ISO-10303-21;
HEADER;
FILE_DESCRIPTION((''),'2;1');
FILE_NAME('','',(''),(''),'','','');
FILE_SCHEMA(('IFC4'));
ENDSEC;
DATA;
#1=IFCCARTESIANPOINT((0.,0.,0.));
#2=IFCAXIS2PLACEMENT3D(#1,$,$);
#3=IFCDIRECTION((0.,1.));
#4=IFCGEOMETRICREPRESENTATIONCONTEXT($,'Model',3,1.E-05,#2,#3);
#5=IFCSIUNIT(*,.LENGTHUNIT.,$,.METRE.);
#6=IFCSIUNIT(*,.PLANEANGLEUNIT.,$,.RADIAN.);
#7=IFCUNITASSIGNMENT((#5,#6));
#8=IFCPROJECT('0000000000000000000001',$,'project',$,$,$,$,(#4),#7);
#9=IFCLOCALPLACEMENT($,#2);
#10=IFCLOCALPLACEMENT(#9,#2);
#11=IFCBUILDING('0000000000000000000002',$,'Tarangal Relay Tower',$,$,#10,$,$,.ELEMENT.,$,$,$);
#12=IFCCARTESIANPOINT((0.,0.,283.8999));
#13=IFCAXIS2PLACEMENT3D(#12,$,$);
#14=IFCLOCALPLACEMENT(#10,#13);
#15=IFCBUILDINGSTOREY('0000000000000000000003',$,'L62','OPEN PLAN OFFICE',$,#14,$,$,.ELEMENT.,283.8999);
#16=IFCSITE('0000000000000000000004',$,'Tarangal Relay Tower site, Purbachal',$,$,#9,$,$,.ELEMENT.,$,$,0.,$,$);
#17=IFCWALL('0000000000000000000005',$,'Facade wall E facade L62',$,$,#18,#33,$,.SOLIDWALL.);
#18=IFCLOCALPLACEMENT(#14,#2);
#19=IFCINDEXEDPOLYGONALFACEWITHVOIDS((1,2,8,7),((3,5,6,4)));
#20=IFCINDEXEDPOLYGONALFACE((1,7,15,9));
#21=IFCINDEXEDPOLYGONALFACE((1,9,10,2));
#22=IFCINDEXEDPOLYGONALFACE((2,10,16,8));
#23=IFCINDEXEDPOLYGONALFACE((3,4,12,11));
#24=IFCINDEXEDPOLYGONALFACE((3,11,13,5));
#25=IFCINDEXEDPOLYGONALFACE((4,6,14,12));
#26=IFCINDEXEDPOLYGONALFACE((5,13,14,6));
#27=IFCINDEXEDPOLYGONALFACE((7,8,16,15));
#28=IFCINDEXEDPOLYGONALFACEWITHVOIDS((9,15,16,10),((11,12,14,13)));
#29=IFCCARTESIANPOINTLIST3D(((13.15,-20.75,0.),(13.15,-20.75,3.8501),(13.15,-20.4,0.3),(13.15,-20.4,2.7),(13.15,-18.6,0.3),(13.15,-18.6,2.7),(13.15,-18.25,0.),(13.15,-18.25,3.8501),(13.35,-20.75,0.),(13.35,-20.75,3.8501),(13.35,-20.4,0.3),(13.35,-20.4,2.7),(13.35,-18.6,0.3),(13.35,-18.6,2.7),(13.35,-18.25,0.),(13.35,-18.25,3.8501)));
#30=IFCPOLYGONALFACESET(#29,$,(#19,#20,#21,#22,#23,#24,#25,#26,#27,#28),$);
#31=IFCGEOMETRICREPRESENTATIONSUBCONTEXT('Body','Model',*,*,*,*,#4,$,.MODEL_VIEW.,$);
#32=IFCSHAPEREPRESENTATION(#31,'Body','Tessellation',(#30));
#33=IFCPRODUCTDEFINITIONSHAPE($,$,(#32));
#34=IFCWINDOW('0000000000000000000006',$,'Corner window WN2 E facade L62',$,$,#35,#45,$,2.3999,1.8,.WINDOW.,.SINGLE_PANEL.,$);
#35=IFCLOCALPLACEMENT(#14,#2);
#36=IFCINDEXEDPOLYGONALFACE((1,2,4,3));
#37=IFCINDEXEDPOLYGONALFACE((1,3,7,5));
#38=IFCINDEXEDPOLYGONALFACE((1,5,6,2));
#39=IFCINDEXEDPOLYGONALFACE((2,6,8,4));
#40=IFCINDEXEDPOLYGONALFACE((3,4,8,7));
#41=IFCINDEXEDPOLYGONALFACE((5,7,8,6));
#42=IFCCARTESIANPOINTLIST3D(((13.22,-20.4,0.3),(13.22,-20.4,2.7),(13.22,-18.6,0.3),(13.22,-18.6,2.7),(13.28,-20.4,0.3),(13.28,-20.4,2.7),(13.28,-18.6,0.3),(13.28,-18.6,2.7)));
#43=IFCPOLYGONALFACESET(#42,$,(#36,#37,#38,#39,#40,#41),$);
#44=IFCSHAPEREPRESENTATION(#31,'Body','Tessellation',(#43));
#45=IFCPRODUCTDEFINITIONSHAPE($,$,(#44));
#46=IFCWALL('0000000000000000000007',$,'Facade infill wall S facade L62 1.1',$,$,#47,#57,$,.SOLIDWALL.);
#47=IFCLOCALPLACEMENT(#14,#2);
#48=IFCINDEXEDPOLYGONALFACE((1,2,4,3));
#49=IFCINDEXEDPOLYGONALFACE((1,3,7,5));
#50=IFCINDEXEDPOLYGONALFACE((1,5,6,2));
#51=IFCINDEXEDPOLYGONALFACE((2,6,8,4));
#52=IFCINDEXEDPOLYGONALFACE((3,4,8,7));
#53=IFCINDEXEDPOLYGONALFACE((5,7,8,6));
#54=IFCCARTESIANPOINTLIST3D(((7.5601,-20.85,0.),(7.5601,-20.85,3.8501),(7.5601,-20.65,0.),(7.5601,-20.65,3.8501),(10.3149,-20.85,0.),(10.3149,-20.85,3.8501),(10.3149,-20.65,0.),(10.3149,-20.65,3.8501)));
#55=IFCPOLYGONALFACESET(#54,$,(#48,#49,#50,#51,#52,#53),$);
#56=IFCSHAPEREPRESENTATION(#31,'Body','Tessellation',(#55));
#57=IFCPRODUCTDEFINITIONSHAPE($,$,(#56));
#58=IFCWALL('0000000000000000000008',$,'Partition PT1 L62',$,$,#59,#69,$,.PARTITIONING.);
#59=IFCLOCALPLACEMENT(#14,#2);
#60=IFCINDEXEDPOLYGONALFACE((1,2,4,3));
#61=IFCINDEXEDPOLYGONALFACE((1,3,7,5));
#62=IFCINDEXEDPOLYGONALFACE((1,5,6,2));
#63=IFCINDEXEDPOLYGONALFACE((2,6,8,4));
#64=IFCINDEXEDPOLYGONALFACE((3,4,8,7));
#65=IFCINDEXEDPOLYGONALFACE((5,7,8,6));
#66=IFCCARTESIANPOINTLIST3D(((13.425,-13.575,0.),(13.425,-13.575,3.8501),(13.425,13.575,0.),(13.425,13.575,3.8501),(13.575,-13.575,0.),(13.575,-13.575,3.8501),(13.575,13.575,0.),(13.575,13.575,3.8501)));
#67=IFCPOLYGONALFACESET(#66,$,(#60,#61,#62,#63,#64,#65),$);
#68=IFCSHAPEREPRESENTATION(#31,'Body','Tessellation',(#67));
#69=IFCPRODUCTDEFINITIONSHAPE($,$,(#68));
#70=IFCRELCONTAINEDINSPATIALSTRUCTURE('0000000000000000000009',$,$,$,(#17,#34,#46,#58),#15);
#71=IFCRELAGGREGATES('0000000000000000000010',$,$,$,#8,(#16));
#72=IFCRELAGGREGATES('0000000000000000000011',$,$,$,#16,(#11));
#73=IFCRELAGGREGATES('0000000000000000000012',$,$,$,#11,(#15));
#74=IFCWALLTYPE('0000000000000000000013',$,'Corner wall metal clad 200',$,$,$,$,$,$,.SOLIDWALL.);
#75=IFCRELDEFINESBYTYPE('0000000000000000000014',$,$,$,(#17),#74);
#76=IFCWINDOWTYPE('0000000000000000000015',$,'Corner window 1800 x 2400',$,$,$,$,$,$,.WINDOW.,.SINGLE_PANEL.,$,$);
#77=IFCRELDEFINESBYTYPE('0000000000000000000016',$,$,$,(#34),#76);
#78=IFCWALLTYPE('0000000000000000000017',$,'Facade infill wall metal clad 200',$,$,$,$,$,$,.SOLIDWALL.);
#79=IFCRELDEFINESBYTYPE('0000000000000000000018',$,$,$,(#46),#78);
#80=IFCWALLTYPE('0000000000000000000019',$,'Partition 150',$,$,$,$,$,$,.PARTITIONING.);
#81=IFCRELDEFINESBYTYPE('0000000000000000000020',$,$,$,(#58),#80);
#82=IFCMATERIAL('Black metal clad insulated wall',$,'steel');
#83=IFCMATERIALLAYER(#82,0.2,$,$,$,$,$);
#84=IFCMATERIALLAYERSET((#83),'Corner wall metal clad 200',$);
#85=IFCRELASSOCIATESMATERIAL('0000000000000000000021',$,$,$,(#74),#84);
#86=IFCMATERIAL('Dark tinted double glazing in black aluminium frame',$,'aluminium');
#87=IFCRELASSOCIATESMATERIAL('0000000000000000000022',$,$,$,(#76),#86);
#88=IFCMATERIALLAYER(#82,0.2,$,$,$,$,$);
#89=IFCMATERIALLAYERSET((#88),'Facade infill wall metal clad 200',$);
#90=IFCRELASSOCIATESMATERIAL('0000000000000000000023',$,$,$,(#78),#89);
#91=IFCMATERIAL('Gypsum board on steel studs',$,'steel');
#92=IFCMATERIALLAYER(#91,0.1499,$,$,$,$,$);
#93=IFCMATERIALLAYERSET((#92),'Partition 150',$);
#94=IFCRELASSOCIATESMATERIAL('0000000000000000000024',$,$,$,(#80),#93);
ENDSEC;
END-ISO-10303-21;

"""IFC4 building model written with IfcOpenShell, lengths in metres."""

from ifc_helpers import new_model, si_unit, direction, frame, frame_2d, origin, place, context, subcontext, project, spatial, rectangle, extrude, material, layer, layer_set, type_object, element, fill, save


model = new_model("IFC4")

# Units and contexts
model_context = context("Model", 3, precision=1e-05, world=origin(), true_north=direction((0.0, 1.0)))
body_context = subcontext(model_context, "Body", "Model", "MODEL_VIEW")
ifc_project = project(units=[si_unit("LENGTHUNIT", "METRE"), si_unit("PLANEANGLEUNIT", "RADIAN")], contexts=[model_context])

# Site, building, storey
site_placement = place(None, origin())
site = spatial("IfcSite", under=ifc_project, at=site_placement, Name="Tarangal Relay Tower site, Purbachal", CompositionType="ELEMENT", RefElevation=0.0)
building_placement = place(site_placement, origin())
building = spatial("IfcBuilding", under=site, at=building_placement, Name="Tarangal Relay Tower", CompositionType="ELEMENT")
storey_placement = place(building_placement, frame((0.0, 0.0, 283.8999)))
storey = spatial("IfcBuildingStorey", under=building, at=storey_placement, Name="L62", Description="OPEN PLAN OFFICE", CompositionType="ELEMENT", Elevation=283.8999)

# Shared definitions
ifc_material_1 = material(Name="Black metal clad insulated wall", Category="steel")
ifc_layer_1 = layer(ifc_material_1, 0.2)
ifc_layer_set_1 = layer_set([ifc_layer_1], Name="Corner wall metal clad 200")
wall_type_1 = type_object("IfcWallType", Name="Corner wall metal clad 200", PredefinedType="SOLIDWALL", material=ifc_layer_set_1)

# Shared definitions
ifc_material_2 = material(Name="Dark tinted double glazing in black aluminium frame", Category="aluminium")
window_type = type_object("IfcWindowType", Name="Corner window 1800 x 2400", PartitioningType="SINGLE_PANEL", PredefinedType="WINDOW", material=ifc_material_2)

# Wall, opening, window
wall_1_placement = place(storey_placement, frame((13.25, -18.25, 0.0), z_axis=(0.0, 0.0, 1.0), x_axis=(0.0, -1.0, 0.0)))
wall_1 = element("IfcWall", 1, at=wall_1_placement, inside=storey, type_object=wall_type_1, Name="Facade wall E facade L62", PredefinedType="SOLIDWALL", context=body_context, shape_type="SweptSolid", body=[
    extrude(rectangle(XDim=2.5, YDim=0.2, at=frame_2d((1.25, 0.0))), origin(), (0.0, 0.0, 1.0), 3.8501),
])
opening_1_placement = place(wall_1_placement, frame((0.3501, 0.0, 0.3)))
opening_1 = element("IfcOpeningElement", 2, at=opening_1_placement, cuts=wall_1, PredefinedType="OPENING", context=body_context, shape_type="SweptSolid", body=[
    extrude(rectangle(XDim=1.8, YDim=2.3999, at=frame_2d((0.8999, 1.2))), frame((0.0, 0.1099, 0.0), z_axis=(0.0, -1.0, 0.0), x_axis=(1.0, 0.0, 0.0)), (0.0, 0.0, 1.0), 0.22),
])
window_1_placement = place(opening_1_placement, origin())
window_1 = element("IfcWindow", 3, at=window_1_placement, inside=storey, type_object=window_type, Name="Corner window WN2 E facade L62", OverallHeight=2.3999, OverallWidth=1.8, PartitioningType="SINGLE_PANEL", PredefinedType="WINDOW", context=body_context, shape_type="SweptSolid", body=[
    extrude(rectangle(XDim=1.8, YDim=2.3999, at=frame_2d((0.8999, 1.2))), frame((0.0, 0.03, 0.0), z_axis=(0.0, -1.0, 0.0), x_axis=(1.0, 0.0, 0.0)), (0.0, 0.0, 1.0), 0.0601),
])
fill(opening_1, window_1)

# Walls
ifc_layer_2 = layer(ifc_material_1, 0.2)
ifc_layer_set_2 = layer_set([ifc_layer_2], Name="Facade infill wall metal clad 200")
wall_type_2 = type_object("IfcWallType", Name="Facade infill wall metal clad 200", PredefinedType="SOLIDWALL", material=ifc_layer_set_2)
wall_2_placement = place(storey_placement, frame((10.3149, -20.75, 0.0), z_axis=(0.0, 0.0, 1.0), x_axis=(-1.0, 0.0, 0.0)))
element("IfcWall", 4, at=wall_2_placement, inside=storey, type_object=wall_type_2, Name="Facade infill wall S facade L62 1.1", PredefinedType="SOLIDWALL", context=body_context, shape_type="SweptSolid", body=[
    extrude(rectangle(XDim=2.7549, YDim=0.2, at=frame_2d((1.3774, 0.0))), origin(), (0.0, 0.0, 1.0), 3.8501),
])
ifc_material_3 = material(Name="Gypsum board on steel studs", Category="steel")
ifc_layer_3 = layer(ifc_material_3, 0.1499)
ifc_layer_set_3 = layer_set([ifc_layer_3], Name="Partition 150")
wall_type_3 = type_object("IfcWallType", Name="Partition 150", PredefinedType="PARTITIONING", material=ifc_layer_set_3)
wall_3_placement = place(storey_placement, frame((13.5, -13.575, 0.0), z_axis=(0.0, 0.0, 1.0), x_axis=(0.0, 1.0, 0.0)))
element("IfcWall", 5, at=wall_3_placement, inside=storey, type_object=wall_type_3, Name="Partition PT1 L62", PredefinedType="PARTITIONING", context=body_context, shape_type="SweptSolid", body=[
    extrude(rectangle(XDim=27.1499, YDim=0.1499, at=frame_2d((13.575, 0.0))), origin(), (0.0, 0.0, 1.0), 3.8501),
])

save(model, "model.ifc")
